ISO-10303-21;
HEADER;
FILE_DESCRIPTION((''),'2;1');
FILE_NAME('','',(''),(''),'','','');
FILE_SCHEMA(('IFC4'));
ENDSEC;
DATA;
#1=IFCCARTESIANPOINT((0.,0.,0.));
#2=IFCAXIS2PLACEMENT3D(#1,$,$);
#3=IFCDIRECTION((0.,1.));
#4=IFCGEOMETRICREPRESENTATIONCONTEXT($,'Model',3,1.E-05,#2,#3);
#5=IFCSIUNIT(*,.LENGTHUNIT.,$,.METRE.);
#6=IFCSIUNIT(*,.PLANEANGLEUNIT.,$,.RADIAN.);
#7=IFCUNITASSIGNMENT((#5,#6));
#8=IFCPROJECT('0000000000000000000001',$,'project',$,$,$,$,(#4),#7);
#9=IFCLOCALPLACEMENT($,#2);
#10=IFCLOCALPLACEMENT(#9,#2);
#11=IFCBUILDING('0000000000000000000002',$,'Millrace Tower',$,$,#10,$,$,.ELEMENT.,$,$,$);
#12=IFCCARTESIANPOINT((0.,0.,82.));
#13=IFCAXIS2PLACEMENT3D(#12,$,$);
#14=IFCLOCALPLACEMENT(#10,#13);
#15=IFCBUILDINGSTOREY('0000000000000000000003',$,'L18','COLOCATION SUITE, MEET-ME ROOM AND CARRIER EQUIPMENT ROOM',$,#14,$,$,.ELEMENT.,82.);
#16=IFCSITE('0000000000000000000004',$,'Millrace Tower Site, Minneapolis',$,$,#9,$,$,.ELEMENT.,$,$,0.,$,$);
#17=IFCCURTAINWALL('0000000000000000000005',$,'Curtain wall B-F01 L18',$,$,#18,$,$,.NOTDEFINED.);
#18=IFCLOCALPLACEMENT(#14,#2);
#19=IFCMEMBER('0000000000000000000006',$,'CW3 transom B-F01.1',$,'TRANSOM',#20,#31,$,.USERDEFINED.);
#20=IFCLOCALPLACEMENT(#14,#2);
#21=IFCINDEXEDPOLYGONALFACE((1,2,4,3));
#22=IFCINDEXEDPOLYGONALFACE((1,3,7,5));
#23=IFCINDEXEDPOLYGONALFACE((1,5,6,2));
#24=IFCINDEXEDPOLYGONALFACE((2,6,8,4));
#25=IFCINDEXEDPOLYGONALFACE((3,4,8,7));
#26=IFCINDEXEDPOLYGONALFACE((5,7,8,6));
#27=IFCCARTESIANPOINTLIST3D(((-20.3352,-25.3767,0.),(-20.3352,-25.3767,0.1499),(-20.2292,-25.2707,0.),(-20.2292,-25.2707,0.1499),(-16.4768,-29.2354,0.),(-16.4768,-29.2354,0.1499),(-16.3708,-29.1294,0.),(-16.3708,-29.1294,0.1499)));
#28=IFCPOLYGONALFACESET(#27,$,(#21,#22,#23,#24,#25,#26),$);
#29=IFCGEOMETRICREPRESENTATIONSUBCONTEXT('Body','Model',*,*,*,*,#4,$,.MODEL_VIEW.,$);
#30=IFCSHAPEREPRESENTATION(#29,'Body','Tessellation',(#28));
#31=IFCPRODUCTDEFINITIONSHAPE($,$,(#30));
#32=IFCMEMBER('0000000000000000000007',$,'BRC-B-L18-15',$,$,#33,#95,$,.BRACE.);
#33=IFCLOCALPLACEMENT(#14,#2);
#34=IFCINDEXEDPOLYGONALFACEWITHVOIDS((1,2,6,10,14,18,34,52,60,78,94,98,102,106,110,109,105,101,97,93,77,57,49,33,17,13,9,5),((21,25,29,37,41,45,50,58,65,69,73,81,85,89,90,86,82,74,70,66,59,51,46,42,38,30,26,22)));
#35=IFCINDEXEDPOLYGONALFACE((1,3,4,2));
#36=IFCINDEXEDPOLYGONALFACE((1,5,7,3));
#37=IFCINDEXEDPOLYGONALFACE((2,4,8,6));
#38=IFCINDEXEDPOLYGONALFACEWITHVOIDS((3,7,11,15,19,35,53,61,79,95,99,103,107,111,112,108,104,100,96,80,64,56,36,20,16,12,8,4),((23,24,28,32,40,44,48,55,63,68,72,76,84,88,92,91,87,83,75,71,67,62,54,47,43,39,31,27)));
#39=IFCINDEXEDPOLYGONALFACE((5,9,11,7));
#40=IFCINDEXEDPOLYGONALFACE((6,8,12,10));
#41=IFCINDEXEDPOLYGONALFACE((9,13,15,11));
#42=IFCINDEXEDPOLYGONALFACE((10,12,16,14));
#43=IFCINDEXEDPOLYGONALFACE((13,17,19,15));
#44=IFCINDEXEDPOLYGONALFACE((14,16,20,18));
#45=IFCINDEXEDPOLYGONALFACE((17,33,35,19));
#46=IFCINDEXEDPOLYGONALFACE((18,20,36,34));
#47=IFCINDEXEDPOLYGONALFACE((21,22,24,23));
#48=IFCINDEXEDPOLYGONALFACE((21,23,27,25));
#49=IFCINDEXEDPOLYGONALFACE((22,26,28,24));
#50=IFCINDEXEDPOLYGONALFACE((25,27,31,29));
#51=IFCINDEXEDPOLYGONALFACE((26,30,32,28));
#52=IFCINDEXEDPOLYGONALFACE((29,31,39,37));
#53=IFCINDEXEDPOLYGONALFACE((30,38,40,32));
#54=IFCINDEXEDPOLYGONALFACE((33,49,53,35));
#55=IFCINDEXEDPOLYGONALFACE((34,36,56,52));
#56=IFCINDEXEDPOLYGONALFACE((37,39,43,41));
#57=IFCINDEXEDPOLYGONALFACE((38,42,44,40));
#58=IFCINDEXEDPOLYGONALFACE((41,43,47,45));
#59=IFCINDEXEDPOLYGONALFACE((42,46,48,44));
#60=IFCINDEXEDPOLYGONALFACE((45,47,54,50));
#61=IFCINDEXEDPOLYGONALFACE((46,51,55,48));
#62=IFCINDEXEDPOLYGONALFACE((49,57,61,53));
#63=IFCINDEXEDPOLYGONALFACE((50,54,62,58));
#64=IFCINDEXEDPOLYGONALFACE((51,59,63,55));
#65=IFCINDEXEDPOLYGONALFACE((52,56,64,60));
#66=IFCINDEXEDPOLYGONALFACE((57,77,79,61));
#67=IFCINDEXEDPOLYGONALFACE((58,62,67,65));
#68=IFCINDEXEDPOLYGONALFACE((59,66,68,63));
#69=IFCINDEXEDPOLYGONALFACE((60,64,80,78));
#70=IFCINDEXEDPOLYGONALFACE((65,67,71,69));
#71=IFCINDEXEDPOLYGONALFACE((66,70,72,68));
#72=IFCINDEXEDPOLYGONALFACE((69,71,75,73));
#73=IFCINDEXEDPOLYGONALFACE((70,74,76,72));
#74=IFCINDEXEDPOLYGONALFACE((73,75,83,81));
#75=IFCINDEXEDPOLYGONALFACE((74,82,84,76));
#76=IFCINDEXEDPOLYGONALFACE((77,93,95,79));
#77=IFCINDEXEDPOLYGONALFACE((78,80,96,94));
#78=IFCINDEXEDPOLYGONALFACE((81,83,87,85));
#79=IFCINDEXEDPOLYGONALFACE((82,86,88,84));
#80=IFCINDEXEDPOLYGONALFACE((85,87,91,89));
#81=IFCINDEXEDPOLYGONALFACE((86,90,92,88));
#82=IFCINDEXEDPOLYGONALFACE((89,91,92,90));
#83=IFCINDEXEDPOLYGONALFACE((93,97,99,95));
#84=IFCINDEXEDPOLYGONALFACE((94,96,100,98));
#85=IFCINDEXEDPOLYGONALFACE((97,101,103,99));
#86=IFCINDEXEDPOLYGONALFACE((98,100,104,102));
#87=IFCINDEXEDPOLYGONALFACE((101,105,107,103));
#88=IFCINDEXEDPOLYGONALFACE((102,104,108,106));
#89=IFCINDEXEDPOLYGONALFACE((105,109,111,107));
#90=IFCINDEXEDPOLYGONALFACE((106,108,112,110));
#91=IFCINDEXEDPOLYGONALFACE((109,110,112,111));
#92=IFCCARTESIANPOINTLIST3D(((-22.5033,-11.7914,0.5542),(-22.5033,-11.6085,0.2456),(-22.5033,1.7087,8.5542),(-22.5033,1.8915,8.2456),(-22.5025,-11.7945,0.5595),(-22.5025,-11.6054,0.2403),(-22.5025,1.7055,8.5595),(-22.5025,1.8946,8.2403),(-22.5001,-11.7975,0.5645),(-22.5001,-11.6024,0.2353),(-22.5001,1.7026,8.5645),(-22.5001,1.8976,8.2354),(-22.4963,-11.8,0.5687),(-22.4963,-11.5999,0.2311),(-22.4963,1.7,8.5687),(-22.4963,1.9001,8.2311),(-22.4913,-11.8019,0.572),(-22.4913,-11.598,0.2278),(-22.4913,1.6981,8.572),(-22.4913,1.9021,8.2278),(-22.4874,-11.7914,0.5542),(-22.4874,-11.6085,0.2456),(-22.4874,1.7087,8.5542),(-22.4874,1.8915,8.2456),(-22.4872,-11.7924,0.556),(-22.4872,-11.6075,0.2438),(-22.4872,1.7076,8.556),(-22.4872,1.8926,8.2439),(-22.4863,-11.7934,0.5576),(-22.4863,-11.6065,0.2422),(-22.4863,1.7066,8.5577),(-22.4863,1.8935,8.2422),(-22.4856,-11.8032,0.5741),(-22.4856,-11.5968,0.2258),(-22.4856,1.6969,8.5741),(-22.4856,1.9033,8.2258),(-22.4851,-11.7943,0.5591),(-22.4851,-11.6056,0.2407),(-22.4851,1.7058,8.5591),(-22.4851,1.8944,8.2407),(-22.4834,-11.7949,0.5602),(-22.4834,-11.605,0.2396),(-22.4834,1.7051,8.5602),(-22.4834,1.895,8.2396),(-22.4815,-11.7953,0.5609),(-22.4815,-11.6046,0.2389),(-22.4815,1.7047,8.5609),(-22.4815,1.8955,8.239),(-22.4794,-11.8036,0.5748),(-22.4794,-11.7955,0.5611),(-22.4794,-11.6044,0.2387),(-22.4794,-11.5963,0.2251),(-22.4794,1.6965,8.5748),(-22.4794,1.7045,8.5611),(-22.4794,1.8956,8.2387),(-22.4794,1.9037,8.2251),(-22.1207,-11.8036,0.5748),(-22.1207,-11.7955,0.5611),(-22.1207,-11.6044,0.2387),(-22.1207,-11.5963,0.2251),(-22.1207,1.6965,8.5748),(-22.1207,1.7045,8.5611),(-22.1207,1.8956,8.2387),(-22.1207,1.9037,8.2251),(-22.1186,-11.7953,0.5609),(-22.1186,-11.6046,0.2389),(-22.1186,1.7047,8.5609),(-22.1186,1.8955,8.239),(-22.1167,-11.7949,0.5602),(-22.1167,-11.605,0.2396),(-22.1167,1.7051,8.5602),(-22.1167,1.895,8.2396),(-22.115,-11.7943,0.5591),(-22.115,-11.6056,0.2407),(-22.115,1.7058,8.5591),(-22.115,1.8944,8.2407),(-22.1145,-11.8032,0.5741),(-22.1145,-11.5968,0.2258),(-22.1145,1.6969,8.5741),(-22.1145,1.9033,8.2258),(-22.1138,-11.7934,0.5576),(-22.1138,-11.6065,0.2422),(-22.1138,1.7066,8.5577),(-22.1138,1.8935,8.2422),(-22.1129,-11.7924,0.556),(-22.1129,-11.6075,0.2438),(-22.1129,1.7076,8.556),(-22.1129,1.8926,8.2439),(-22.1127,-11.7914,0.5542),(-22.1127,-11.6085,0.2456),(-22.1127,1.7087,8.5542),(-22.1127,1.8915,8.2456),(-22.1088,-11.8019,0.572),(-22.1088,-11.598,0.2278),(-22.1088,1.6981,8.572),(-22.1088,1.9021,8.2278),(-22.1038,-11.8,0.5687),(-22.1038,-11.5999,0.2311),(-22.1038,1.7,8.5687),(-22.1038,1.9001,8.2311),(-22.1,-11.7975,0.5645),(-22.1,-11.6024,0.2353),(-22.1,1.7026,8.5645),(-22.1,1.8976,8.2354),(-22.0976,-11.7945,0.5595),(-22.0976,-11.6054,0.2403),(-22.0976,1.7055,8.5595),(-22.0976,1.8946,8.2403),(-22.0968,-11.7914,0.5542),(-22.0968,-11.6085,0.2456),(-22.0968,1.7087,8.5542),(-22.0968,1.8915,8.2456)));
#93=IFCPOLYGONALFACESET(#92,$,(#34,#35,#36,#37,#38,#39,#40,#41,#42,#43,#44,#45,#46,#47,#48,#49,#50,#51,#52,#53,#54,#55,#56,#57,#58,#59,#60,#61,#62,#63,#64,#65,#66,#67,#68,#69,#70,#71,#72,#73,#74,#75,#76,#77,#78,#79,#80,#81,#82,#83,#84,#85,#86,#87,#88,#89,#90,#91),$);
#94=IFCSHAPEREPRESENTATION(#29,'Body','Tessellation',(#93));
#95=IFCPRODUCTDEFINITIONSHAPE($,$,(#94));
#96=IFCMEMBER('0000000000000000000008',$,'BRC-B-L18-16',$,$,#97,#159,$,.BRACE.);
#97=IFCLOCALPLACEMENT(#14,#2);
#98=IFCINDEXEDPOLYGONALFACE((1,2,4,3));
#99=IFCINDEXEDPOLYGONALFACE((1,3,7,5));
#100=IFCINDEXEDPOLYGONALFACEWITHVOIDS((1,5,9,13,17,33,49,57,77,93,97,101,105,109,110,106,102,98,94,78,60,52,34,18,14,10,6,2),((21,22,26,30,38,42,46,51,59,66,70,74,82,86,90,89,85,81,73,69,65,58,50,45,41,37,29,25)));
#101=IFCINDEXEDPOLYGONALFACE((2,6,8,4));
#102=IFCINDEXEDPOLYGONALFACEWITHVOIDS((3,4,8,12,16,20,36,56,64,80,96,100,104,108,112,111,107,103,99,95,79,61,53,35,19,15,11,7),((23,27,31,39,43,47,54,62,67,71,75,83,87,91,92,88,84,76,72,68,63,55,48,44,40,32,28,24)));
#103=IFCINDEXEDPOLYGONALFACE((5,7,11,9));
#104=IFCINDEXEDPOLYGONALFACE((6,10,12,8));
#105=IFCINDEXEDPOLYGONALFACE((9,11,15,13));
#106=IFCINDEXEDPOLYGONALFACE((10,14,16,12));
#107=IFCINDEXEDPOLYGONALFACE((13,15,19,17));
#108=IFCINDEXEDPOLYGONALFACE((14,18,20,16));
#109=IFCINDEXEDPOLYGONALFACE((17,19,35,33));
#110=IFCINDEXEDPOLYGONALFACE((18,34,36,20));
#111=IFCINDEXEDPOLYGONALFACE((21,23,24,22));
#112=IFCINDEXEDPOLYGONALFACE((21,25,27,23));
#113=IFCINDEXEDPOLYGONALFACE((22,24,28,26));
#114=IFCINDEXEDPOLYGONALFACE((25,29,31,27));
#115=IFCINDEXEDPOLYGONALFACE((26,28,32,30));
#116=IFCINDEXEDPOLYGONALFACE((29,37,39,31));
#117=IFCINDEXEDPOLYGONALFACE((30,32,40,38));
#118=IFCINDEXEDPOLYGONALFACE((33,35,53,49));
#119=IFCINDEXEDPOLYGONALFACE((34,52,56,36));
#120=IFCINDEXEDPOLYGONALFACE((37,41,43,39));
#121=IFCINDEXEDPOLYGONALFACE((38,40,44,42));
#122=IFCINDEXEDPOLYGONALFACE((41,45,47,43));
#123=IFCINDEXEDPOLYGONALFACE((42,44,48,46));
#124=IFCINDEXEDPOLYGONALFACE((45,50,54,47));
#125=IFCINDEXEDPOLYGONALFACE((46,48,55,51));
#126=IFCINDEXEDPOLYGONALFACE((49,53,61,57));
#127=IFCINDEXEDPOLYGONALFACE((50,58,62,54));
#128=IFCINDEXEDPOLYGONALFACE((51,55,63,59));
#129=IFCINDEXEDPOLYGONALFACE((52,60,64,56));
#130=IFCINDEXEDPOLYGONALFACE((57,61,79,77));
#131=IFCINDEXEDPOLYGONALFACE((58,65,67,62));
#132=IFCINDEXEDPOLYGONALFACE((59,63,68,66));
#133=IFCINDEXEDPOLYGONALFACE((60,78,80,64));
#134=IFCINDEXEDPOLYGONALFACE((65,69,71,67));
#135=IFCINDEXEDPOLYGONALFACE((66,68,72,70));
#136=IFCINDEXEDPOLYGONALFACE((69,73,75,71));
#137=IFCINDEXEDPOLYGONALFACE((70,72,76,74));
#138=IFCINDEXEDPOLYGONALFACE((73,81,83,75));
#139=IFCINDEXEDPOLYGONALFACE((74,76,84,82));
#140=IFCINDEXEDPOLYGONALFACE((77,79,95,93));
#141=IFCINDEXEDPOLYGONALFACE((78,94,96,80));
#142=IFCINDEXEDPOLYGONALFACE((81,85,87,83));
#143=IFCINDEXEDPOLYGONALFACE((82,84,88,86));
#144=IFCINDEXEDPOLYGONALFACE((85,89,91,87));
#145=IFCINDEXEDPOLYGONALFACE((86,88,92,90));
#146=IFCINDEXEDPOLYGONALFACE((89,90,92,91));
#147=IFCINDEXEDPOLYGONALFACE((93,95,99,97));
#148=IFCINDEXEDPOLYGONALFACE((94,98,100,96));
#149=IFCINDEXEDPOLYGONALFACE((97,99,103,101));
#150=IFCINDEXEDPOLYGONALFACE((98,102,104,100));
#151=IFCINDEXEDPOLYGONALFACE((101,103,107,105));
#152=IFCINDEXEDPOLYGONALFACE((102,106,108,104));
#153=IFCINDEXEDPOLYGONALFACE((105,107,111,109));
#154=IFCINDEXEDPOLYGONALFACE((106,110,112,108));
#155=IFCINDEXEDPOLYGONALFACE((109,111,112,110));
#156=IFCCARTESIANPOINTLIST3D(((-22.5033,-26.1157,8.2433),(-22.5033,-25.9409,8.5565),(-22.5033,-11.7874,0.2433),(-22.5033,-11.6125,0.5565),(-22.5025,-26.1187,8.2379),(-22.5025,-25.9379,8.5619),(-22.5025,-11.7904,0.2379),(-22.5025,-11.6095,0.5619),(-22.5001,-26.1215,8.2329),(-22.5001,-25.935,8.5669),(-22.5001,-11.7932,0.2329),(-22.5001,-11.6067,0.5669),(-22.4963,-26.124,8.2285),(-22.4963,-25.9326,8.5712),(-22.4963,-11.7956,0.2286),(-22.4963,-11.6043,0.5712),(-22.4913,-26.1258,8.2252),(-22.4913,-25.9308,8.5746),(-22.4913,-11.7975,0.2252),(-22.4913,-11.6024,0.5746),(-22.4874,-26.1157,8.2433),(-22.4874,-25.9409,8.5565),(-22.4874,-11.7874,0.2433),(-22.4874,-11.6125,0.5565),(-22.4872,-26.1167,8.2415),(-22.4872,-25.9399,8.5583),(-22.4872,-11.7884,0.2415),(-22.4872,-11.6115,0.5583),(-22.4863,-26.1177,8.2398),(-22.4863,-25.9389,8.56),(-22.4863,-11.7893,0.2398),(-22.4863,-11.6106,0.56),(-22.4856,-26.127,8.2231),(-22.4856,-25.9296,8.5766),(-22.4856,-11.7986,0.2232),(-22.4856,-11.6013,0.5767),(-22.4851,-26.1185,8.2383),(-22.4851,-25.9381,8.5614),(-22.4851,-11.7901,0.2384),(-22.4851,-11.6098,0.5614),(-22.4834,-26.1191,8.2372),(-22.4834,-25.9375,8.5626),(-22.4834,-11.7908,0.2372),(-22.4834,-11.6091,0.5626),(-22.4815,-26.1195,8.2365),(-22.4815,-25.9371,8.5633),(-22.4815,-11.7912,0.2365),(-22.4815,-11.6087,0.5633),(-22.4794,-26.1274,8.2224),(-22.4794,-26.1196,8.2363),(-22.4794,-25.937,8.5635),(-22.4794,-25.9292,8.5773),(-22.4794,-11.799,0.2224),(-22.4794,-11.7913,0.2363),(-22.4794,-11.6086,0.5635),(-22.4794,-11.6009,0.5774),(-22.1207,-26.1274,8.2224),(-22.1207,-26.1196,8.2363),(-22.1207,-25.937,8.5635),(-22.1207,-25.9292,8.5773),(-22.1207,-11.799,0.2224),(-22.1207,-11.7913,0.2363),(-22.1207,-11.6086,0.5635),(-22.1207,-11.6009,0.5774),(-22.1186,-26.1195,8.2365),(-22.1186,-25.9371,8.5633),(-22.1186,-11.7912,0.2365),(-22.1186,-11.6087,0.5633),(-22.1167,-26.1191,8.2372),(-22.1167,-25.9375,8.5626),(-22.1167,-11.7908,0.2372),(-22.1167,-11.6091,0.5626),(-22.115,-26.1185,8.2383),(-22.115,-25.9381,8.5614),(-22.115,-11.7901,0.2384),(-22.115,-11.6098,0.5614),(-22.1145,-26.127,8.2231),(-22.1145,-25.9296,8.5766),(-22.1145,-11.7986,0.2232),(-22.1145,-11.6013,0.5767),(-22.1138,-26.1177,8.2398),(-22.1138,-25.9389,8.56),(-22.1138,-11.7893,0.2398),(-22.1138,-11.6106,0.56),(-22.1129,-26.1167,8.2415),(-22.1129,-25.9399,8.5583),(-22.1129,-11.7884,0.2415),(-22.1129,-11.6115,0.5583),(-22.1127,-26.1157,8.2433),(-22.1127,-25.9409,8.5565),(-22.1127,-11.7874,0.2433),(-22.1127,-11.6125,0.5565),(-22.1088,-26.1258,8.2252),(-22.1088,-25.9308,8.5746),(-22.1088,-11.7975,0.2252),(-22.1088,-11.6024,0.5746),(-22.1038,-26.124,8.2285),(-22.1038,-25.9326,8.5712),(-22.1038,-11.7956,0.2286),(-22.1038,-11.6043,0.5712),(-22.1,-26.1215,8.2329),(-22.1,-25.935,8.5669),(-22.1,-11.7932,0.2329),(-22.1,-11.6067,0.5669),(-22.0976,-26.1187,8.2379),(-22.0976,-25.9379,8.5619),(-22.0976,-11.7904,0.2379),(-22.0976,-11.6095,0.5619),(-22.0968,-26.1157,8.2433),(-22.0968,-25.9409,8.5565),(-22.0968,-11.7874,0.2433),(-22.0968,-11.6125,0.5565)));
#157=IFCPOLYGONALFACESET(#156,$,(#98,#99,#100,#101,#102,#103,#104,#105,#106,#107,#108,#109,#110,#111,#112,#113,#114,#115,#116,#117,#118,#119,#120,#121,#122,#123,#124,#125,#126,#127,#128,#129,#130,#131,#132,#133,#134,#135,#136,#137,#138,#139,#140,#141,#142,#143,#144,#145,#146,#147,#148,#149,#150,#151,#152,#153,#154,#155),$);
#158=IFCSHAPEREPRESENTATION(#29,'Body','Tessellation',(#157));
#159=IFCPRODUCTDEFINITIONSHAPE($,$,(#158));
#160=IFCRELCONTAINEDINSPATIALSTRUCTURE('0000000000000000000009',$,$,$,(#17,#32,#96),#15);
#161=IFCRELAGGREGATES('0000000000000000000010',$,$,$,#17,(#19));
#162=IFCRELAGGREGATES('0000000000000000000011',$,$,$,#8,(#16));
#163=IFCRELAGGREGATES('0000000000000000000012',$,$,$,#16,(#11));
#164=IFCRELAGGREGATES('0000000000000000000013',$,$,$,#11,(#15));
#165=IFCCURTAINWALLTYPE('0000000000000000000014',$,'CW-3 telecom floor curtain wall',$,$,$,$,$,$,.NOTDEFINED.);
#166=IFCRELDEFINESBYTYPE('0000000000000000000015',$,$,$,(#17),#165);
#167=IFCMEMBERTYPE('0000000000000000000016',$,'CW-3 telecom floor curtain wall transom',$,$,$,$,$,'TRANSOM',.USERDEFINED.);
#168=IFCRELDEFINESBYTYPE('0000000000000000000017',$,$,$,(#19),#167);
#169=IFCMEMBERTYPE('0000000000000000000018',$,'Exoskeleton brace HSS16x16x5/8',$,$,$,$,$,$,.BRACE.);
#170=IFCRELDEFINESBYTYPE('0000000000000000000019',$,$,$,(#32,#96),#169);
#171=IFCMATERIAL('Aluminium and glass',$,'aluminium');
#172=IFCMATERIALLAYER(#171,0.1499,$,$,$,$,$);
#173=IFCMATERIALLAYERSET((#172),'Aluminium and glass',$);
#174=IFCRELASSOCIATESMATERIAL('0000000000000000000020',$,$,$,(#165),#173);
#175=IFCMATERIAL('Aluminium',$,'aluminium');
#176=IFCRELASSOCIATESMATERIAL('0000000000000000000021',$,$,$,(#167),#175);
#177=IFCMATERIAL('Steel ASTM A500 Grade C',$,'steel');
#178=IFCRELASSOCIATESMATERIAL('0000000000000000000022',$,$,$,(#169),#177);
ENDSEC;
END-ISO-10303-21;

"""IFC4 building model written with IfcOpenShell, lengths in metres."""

from ifc_helpers import new_model, si_unit, direction, frame, origin, origin_2d, place, context, subcontext, project, spatial, rectangle, hollow_rectangle, extrude, material, layer, layer_set, material_profile, profile_set, type_object, element, aggregate, save


model = new_model("IFC4")

# Units and contexts
model_context = context("Model", 3, precision=1e-05, world=origin(), true_north=direction((0.0, 1.0)))
body_context = subcontext(model_context, "Body", "Model", "MODEL_VIEW")
ifc_project = project(units=[si_unit("LENGTHUNIT", "METRE"), si_unit("PLANEANGLEUNIT", "RADIAN")], contexts=[model_context])

# Site, building, storey
site_placement = place(None, origin())
site = spatial("IfcSite", under=ifc_project, at=site_placement, Name="Millrace Tower Site, Minneapolis", CompositionType="ELEMENT", RefElevation=0.0)
building_placement = place(site_placement, origin())
building = spatial("IfcBuilding", under=site, at=building_placement, Name="Millrace Tower", CompositionType="ELEMENT")
storey_placement = place(building_placement, frame((0.0, 0.0, 82.0)))
storey = spatial("IfcBuildingStorey", under=building, at=storey_placement, Name="L18", Description="COLOCATION SUITE, MEET-ME ROOM AND CARRIER EQUIPMENT ROOM", CompositionType="ELEMENT", Elevation=82.0)

# Curtain wall
ifc_material_1 = material(Name="Aluminium and glass", Category="aluminium")
ifc_layer_1 = layer(ifc_material_1, 0.1499)
ifc_layer_set_1 = layer_set([ifc_layer_1], Name="Aluminium and glass")
curtain_wall_type = type_object("IfcCurtainWallType", Name="CW-3 telecom floor curtain wall", PredefinedType="NOTDEFINED", material=ifc_layer_set_1)
placement = place(storey_placement, origin())
curtain_wall_1 = element("IfcCurtainWall", 1, at=placement, inside=storey, type_object=curtain_wall_type, Name="Curtain wall B-F01 L18", PredefinedType="NOTDEFINED")

# Member
ifc_material_2 = material(Name="Aluminium", Category="aluminium")
ifc_material_profile_1 = material_profile(ifc_material_2, rectangle(XDim=0.1499, YDim=0.1499, at=origin_2d()))
ifc_profile_set_1 = profile_set([ifc_material_profile_1], Name="Aluminium")
member_type_1 = type_object("IfcMemberType", Name="CW-3 telecom floor curtain wall transom", ElementType="TRANSOM", PredefinedType="USERDEFINED", material=ifc_profile_set_1)
member_1_placement = place(storey_placement, frame((-20.2822, -25.3237, 0.075), z_axis=(0.707084, -0.707129, 0.0), x_axis=(0.707129, 0.707084, 0.0)))
member_1 = element("IfcMember", 2, at=member_1_placement, type_object=member_type_1, Name="CW3 transom B-F01.1", ObjectType="TRANSOM", PredefinedType="USERDEFINED", context=body_context, shape_type="SweptSolid", body=[
    extrude(rectangle(XDim=0.1499, YDim=0.1499, at=origin_2d()), origin(), (0.0, 0.0, 1.0), 5.4568),
])
aggregate(curtain_wall_1, [member_1])

# Members
ifc_material_3 = material(Name="Steel ASTM A500 Grade C", Category="steel")
ifc_material_profile_2 = material_profile(ifc_material_3, hollow_rectangle(XDim=0.4065, YDim=0.4065, WallThickness=0.0159, InnerFilletRadius=0.0081, OuterFilletRadius=0.0239, at=origin_2d()))
ifc_profile_set_2 = profile_set([ifc_material_profile_2], Name="Steel ASTM A500 Grade C")
member_type_2 = type_object("IfcMemberType", Name="Exoskeleton brace HSS16x16x5/8", PredefinedType="BRACE", material=ifc_profile_set_2)
member_2_placement = place(storey_placement, frame((-22.3, -11.7, 0.3999), z_axis=(0.0, 0.860292, 0.509802), x_axis=(-1.0, 0.0, 0.0)))
element("IfcMember", 3, at=member_2_placement, inside=storey, type_object=member_type_2, Name="BRC-B-L18-15", PredefinedType="BRACE", context=body_context, shape_type="SweptSolid", body=[
    extrude(hollow_rectangle(XDim=0.4065, YDim=0.4065, WallThickness=0.0159, InnerFilletRadius=0.0081, OuterFilletRadius=0.0239, at=origin_2d()), origin(), (0.0, 0.0, 1.0), 15.6924),
])
member_3_placement = place(storey_placement, frame((-22.3, -11.7, 0.3999), z_axis=(0.0, -0.873126, 0.487495), x_axis=(1.0, 0.0, 0.0)))
element("IfcMember", 4, at=member_3_placement, inside=storey, type_object=member_type_2, Name="BRC-B-L18-16", PredefinedType="BRACE", context=body_context, shape_type="SweptSolid", body=[
    extrude(hollow_rectangle(XDim=0.4065, YDim=0.4065, WallThickness=0.0159, InnerFilletRadius=0.0081, OuterFilletRadius=0.0239, at=origin_2d()), origin(), (0.0, 0.0, 1.0), 16.4104),
])

save(model, "model.ifc")
